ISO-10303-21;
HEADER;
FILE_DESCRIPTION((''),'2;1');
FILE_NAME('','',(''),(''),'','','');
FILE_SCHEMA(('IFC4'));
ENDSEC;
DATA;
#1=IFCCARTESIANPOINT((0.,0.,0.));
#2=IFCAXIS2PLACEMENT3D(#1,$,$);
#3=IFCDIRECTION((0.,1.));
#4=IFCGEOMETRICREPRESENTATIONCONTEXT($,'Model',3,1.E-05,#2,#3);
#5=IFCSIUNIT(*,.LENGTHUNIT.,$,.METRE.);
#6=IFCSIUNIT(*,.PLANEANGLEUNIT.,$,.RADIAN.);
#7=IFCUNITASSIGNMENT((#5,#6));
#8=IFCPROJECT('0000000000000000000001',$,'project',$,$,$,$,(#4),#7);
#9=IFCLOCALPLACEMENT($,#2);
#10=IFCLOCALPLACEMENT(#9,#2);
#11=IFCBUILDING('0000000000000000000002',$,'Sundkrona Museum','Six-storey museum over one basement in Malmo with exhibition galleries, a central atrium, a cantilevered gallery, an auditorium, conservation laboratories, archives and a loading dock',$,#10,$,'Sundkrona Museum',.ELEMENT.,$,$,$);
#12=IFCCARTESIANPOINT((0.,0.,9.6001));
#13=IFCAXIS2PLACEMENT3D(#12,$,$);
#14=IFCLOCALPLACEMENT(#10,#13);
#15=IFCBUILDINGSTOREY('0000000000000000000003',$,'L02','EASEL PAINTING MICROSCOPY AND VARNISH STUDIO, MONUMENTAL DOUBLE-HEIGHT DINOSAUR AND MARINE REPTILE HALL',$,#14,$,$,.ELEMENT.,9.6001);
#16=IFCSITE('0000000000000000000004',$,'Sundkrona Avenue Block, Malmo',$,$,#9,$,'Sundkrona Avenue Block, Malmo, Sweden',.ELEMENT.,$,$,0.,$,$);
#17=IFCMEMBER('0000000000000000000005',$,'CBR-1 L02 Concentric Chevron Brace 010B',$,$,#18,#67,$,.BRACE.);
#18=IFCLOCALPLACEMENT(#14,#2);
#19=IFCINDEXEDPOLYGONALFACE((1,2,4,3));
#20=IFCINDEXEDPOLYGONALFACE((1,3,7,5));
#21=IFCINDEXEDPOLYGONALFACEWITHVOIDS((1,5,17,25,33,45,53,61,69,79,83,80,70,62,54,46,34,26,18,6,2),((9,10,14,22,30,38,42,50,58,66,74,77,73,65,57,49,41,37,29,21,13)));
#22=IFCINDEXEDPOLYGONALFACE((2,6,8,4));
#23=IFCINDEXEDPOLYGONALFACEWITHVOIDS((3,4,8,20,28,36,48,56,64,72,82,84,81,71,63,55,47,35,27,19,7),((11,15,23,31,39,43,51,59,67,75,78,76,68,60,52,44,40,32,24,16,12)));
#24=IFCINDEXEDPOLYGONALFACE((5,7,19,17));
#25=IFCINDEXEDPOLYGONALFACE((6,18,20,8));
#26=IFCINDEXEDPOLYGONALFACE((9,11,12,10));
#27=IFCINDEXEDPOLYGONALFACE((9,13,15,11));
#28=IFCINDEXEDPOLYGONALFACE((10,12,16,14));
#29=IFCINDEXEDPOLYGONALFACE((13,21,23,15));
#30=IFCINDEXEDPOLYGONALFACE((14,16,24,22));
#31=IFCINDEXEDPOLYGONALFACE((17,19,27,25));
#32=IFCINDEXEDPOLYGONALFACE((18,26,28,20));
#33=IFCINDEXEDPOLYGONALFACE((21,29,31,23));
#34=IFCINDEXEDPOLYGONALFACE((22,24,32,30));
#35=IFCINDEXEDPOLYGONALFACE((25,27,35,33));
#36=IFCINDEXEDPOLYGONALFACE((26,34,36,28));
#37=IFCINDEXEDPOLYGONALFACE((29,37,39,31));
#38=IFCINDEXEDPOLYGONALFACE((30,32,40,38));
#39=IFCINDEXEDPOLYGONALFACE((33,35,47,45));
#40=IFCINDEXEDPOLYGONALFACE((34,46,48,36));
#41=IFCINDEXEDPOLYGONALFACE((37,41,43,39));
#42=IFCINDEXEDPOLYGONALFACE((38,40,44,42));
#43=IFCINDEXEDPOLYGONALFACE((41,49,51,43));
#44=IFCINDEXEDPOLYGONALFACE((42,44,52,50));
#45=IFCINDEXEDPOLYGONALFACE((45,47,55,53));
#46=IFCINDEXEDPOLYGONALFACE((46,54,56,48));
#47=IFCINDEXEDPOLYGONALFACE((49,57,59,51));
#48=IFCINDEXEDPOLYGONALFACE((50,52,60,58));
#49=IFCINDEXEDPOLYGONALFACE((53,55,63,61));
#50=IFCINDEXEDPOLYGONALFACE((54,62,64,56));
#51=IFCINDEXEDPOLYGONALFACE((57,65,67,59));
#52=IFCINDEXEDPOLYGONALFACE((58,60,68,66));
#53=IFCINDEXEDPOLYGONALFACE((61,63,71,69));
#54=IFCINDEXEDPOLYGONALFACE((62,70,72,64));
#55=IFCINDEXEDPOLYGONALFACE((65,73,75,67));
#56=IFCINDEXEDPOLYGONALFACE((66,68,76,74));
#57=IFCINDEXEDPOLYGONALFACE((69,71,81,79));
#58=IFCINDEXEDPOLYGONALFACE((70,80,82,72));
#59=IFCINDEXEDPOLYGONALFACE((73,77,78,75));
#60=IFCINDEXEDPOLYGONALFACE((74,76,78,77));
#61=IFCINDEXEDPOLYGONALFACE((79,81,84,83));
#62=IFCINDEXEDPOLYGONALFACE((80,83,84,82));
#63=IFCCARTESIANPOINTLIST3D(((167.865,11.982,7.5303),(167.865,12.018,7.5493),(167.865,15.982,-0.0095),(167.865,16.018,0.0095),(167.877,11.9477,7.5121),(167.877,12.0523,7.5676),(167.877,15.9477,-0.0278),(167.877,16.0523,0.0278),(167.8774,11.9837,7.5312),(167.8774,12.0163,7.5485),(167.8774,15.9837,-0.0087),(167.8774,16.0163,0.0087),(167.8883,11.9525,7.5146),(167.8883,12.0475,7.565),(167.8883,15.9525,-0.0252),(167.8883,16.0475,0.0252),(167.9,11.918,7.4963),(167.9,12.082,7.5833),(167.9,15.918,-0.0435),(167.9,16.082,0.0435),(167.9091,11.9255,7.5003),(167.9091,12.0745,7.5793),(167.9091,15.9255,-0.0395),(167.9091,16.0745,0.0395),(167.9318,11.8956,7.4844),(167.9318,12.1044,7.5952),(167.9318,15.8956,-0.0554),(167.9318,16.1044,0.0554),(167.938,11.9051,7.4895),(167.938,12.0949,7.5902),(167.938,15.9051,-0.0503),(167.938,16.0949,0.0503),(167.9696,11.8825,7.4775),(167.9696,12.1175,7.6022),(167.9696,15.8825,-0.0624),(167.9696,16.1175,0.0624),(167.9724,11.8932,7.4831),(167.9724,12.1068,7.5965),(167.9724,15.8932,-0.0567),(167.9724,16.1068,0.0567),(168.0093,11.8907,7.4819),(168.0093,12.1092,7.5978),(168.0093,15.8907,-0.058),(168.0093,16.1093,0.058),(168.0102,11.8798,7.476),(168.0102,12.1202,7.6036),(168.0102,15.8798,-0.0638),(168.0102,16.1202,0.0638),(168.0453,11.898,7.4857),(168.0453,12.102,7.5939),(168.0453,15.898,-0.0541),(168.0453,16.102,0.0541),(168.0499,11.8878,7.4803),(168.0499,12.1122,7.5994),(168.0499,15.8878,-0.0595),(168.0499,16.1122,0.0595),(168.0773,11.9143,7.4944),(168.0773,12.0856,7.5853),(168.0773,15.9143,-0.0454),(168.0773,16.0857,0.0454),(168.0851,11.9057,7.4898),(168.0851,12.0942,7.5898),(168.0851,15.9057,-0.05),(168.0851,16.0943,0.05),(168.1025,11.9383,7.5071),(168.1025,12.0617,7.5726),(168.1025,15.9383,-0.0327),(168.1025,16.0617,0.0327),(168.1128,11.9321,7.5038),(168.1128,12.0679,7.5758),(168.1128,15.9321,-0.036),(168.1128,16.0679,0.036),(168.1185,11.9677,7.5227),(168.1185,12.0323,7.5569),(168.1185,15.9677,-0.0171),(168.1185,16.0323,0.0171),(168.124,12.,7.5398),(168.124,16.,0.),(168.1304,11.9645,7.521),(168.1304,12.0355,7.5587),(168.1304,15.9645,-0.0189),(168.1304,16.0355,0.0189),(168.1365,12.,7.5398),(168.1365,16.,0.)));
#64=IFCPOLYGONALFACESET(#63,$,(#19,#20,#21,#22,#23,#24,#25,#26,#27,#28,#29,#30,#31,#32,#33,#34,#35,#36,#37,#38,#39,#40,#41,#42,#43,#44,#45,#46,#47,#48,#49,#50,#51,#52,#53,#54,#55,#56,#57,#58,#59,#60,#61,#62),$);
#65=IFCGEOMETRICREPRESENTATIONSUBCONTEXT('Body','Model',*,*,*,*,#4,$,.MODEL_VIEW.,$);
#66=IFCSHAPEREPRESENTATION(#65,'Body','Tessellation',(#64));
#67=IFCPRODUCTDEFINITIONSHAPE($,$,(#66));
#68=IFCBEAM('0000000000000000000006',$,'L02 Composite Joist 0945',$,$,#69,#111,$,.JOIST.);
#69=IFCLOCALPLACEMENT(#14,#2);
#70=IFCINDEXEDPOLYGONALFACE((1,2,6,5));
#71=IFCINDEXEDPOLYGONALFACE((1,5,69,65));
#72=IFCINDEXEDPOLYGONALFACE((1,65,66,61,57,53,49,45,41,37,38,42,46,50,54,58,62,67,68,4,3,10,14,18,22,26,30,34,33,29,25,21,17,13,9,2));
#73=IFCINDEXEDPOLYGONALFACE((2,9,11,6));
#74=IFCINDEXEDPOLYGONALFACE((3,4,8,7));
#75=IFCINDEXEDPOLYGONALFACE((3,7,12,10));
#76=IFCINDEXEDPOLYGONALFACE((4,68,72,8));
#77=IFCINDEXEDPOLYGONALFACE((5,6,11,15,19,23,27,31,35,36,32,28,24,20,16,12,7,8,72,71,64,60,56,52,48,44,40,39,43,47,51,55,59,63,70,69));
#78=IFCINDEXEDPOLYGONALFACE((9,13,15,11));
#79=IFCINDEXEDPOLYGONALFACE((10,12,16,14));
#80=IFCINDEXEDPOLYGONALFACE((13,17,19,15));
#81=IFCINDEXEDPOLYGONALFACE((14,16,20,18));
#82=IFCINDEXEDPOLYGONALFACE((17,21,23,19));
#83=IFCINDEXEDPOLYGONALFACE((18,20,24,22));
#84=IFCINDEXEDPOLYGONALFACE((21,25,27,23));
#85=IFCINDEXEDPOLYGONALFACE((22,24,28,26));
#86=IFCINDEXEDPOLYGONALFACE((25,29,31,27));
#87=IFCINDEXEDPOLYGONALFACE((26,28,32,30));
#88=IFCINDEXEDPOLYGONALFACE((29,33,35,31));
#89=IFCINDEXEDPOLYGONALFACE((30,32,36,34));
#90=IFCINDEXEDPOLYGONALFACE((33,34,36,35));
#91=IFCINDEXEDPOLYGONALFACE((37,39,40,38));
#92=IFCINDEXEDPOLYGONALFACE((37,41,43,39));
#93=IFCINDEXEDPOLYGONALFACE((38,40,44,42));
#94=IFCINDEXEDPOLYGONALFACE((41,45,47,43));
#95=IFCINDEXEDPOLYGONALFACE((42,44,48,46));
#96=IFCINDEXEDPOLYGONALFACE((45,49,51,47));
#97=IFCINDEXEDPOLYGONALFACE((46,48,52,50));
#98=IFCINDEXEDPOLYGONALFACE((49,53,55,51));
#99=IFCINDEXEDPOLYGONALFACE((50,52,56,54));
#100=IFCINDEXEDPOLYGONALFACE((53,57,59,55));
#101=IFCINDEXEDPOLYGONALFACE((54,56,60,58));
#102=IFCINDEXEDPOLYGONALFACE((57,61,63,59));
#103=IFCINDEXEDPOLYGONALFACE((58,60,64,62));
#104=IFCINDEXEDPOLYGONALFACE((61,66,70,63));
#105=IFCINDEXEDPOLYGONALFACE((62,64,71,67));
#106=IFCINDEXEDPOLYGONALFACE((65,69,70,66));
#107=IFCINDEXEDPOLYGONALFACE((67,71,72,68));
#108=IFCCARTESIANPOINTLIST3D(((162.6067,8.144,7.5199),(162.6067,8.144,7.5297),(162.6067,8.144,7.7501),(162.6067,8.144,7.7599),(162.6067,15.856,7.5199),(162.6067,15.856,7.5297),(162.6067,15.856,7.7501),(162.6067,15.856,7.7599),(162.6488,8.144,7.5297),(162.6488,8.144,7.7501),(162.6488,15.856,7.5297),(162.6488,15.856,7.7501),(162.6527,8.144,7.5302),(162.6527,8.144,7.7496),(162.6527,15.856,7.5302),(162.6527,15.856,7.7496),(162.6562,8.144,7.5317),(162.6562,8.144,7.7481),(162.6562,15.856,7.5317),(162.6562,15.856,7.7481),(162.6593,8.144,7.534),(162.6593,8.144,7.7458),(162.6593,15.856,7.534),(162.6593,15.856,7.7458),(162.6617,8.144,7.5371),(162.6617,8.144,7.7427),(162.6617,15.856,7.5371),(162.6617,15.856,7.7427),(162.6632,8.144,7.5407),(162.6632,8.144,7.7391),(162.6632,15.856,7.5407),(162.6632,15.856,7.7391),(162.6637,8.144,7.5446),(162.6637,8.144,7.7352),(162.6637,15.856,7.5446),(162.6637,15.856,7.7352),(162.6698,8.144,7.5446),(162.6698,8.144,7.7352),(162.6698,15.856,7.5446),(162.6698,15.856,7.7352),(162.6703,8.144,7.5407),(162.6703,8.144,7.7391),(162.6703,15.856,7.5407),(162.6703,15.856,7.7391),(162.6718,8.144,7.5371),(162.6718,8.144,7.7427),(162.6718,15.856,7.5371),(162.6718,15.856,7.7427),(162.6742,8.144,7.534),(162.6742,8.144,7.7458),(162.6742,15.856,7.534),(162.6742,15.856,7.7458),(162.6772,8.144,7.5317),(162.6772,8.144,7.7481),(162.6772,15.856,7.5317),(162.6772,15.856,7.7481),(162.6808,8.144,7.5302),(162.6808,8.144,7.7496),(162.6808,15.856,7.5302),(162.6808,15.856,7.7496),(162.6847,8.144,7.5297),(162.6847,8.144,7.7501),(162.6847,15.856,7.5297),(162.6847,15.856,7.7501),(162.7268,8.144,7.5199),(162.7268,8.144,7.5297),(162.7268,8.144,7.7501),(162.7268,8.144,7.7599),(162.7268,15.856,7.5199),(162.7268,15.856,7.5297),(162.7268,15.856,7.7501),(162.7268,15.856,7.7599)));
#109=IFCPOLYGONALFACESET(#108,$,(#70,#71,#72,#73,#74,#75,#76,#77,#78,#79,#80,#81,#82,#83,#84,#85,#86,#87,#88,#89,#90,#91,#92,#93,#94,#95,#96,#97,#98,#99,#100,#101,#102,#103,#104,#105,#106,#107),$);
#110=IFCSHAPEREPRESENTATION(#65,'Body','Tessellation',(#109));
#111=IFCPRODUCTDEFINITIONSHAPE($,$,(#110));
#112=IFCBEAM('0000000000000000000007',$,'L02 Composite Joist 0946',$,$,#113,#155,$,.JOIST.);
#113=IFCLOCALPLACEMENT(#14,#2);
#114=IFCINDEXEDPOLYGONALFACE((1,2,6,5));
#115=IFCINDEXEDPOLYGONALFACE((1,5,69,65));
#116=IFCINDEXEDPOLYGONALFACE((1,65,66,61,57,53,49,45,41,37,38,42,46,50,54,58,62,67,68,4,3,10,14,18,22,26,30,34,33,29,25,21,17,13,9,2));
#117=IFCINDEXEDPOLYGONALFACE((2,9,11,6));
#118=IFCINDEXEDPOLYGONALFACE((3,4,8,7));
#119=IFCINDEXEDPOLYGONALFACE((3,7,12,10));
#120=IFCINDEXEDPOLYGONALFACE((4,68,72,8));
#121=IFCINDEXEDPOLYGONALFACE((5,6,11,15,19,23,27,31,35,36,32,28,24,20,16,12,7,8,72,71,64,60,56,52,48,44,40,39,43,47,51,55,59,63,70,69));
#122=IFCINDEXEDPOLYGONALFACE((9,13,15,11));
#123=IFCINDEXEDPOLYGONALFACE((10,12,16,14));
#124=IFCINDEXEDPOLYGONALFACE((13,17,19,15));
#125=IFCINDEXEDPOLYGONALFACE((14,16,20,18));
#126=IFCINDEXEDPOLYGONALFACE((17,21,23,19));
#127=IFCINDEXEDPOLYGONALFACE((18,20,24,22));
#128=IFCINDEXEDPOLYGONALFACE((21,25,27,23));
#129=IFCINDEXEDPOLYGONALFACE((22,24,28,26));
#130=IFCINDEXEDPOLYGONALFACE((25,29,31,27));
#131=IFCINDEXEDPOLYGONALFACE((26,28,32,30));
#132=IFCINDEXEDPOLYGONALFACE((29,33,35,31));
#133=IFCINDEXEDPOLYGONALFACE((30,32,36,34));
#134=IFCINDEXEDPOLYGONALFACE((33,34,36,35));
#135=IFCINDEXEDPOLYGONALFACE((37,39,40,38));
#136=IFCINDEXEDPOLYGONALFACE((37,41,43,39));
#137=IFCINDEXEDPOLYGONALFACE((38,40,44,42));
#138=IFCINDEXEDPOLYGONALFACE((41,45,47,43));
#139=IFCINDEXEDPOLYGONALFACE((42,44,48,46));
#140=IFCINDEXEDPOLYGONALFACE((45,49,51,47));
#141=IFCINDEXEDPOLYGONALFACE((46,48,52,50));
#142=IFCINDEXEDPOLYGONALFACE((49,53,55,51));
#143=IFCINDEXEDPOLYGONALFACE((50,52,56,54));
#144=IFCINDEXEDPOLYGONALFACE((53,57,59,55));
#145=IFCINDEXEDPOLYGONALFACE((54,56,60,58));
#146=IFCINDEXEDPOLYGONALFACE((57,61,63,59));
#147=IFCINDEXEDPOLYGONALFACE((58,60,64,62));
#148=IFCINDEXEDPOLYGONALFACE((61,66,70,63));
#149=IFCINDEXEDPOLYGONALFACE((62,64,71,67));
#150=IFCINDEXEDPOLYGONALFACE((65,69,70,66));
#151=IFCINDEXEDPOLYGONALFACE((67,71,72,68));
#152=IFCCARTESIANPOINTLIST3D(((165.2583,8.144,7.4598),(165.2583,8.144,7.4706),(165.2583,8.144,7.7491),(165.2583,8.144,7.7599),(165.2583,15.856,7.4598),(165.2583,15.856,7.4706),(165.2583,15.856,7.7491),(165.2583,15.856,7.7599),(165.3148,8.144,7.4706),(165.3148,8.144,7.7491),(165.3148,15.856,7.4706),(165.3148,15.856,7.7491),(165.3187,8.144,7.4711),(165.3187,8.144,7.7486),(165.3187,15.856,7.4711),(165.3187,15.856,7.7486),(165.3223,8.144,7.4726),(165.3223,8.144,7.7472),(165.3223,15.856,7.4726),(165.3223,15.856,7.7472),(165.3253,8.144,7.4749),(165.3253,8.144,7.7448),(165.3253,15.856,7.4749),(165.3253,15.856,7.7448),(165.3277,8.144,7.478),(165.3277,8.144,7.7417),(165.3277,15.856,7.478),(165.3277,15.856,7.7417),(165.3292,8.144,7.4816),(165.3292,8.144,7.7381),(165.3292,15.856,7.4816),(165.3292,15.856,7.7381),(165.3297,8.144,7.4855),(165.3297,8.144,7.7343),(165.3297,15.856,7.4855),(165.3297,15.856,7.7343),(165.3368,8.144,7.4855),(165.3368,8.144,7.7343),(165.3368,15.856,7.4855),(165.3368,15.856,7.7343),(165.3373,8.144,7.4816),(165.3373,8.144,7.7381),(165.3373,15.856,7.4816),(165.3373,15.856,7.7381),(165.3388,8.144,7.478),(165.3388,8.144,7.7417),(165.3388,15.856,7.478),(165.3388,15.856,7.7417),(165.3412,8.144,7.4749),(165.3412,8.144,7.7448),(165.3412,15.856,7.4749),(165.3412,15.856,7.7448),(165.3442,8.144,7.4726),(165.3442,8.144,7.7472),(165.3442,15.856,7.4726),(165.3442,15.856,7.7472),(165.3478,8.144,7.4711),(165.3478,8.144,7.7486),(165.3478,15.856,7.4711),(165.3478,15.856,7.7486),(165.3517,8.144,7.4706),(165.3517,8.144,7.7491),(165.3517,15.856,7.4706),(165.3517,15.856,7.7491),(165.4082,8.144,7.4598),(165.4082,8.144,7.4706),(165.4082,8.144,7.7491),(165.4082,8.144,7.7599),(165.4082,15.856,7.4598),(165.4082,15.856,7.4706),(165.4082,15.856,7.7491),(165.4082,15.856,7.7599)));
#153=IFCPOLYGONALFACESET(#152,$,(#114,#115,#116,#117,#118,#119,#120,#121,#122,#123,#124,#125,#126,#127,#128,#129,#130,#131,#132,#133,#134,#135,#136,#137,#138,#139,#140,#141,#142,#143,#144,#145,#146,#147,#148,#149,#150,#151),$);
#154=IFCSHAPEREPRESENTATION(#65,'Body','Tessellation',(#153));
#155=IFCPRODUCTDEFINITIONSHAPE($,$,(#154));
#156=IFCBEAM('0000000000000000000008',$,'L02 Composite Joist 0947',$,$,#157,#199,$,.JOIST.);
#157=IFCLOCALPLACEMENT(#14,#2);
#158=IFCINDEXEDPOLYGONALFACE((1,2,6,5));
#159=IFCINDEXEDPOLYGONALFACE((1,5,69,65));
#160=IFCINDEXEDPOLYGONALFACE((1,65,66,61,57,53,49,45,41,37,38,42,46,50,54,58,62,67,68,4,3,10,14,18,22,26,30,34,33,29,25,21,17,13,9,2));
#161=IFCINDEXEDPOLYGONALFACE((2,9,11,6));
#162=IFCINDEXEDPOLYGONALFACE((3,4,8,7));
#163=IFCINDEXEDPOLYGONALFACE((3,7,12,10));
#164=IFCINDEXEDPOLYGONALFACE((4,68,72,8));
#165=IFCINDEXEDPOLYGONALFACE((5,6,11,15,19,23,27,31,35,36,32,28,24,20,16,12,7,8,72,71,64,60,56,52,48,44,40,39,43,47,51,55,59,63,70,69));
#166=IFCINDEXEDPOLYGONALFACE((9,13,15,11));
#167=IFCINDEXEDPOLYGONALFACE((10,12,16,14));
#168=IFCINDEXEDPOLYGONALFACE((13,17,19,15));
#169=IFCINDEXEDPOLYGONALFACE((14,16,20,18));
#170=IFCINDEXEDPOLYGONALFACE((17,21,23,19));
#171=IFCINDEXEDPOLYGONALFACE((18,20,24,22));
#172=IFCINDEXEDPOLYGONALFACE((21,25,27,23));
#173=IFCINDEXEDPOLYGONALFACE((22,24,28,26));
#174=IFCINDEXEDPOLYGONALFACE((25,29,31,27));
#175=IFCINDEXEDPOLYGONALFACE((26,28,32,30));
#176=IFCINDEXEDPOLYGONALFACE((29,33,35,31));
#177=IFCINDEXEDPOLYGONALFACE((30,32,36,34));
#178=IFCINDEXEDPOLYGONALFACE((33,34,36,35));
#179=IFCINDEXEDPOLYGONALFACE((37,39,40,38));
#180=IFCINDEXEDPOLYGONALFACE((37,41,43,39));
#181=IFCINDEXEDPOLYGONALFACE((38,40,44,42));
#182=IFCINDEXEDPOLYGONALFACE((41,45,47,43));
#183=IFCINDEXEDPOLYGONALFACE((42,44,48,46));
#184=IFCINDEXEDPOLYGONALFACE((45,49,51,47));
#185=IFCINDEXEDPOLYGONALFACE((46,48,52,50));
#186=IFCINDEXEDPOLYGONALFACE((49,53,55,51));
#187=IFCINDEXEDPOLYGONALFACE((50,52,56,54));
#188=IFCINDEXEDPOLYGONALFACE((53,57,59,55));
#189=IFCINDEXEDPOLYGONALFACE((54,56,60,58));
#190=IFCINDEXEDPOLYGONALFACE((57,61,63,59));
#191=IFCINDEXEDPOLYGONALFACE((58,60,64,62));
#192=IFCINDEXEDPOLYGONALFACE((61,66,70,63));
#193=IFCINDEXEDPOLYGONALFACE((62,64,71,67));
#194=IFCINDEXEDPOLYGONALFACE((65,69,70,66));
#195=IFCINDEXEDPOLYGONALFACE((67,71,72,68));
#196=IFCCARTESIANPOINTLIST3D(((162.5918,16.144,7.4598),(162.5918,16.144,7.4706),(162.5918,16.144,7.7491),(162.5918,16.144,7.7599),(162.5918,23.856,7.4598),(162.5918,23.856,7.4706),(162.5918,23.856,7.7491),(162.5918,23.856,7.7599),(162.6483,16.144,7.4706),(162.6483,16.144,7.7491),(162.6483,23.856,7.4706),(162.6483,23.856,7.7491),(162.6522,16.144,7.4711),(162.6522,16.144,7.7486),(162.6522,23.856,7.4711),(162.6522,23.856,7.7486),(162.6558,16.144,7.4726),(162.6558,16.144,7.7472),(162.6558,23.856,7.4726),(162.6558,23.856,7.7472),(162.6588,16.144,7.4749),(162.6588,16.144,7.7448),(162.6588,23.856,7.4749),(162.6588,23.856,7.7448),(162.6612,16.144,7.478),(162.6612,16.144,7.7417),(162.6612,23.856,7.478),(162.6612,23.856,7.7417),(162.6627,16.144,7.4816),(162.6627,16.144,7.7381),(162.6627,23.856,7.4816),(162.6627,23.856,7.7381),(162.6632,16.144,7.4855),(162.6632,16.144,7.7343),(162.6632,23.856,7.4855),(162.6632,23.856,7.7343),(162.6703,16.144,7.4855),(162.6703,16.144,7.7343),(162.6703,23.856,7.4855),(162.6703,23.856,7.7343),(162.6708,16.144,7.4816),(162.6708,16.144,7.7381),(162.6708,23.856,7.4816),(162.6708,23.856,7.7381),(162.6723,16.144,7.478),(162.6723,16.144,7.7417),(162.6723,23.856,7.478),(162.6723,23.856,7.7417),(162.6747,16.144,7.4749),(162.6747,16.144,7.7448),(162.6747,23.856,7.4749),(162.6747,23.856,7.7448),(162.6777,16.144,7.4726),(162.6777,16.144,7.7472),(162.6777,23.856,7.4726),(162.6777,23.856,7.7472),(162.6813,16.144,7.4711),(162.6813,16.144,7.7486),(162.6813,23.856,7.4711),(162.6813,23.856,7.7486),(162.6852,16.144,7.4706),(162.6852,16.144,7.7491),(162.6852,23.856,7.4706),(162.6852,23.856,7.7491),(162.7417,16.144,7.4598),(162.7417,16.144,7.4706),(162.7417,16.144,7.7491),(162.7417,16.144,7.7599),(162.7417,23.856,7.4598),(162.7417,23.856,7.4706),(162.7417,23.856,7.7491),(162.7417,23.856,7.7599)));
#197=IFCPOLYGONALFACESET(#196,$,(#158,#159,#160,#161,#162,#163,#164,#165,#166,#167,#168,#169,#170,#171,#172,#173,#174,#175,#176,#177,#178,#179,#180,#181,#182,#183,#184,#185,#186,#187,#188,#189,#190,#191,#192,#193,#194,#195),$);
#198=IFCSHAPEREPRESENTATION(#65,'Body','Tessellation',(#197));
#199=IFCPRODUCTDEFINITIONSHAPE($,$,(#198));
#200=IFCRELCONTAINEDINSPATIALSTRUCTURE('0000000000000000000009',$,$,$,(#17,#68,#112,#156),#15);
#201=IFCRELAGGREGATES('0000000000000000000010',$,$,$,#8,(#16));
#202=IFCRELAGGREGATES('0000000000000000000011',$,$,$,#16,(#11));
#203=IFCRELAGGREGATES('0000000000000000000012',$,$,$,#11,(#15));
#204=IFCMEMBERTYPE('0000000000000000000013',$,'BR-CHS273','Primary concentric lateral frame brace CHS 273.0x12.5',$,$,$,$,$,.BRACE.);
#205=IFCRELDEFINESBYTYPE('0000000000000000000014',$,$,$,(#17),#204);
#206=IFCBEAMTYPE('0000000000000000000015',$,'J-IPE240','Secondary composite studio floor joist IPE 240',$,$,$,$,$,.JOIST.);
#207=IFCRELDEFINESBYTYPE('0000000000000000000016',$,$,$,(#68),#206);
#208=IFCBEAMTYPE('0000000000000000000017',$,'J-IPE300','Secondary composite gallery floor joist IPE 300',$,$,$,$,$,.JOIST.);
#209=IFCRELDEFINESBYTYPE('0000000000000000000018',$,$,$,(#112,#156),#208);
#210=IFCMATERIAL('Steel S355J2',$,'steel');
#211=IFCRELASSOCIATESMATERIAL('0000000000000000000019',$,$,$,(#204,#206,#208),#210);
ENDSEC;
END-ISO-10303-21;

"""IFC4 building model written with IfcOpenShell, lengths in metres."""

from ifc_helpers import new_model, si_unit, direction, frame, origin, origin_2d, place, context, subcontext, project, spatial, hollow_circle, i_section, extrude, material, material_profile, profile_set, type_object, element, save


model = new_model("IFC4")

# Units and contexts
model_context = context("Model", 3, precision=1e-05, world=origin(), true_north=direction((0.0, 1.0)))
body_context = subcontext(model_context, "Body", "Model", "MODEL_VIEW")
ifc_project = project(units=[si_unit("LENGTHUNIT", "METRE"), si_unit("PLANEANGLEUNIT", "RADIAN")], contexts=[model_context])

# Site, building, storey
site_placement = place(None, origin())
site = spatial("IfcSite", under=ifc_project, at=site_placement, Name="Sundkrona Avenue Block, Malmo", LongName="Sundkrona Avenue Block, Malmo, Sweden", CompositionType="ELEMENT", RefElevation=0.0)
building_placement = place(site_placement, origin())
building = spatial("IfcBuilding", under=site, at=building_placement, Name="Sundkrona Museum", Description="Six-storey museum over one basement in Malmo with exhibition galleries, a central atrium, a cantilevered gallery, an auditorium, conservation laboratories, archives and a loading dock", LongName="Sundkrona Museum", CompositionType="ELEMENT")
storey_placement = place(building_placement, frame((0.0, 0.0, 9.6001)))
storey = spatial("IfcBuildingStorey", under=building, at=storey_placement, Name="L02", Description="EASEL PAINTING MICROSCOPY AND VARNISH STUDIO, MONUMENTAL DOUBLE-HEIGHT DINOSAUR AND MARINE REPTILE HALL", CompositionType="ELEMENT", Elevation=9.6001)

# Shared definitions
ifc_material_1 = material(Name="Steel S355J2", Category="steel")

# Member
ifc_material_profile_1 = material_profile(ifc_material_1, hollow_circle(Radius=0.1365, WallThickness=0.0125, at=origin_2d()), Name="CHS 273.0x12.5")
ifc_profile_set_1 = profile_set([ifc_material_profile_1], Name="Steel S355J2")
member_type = type_object("IfcMemberType", Name="BR-CHS273", Description="Primary concentric lateral frame brace CHS 273.0x12.5", PredefinedType="BRACE", material=ifc_profile_set_1)
for number, where, z_axis, x_axis, name in (
    (1, (168.0, 16.0, 0.0), (0.0, -0.468651, 0.883383), (1.0, 0.0, 0.0), "CBR-1 L02 Concentric Chevron Brace 010B"),
):
    element("IfcMember", number, at=place(storey_placement, frame(where, z_axis=z_axis, x_axis=x_axis)), inside=storey, type_object=member_type, Name=name, PredefinedType="BRACE", context=body_context, shape_type="SweptSolid", body=[
        extrude(hollow_circle(Radius=0.1365, WallThickness=0.0125, at=origin_2d()), origin(), (0.0, 0.0, 1.0), 8.5352),
    ])

# Beams
ifc_material_profile_2 = material_profile(ifc_material_1, i_section(OverallWidth=0.1201, OverallDepth=0.24, WebThickness=0.0061, FlangeThickness=0.0098, FilletRadius=0.0149, at=origin_2d()), Name="IPE 240")
ifc_profile_set_2 = profile_set([ifc_material_profile_2], Name="Steel S355J2")
beam_type_1 = type_object("IfcBeamType", Name="J-IPE240", Description="Secondary composite studio floor joist IPE 240", PredefinedType="JOIST", material=ifc_profile_set_2)
beam_1_placement = place(storey_placement, frame((162.6667, 8.144, 7.6399), z_axis=(0.0, 1.0, 0.0), x_axis=(-1.0, 0.0, 0.0)))
element("IfcBeam", 2, at=beam_1_placement, inside=storey, type_object=beam_type_1, Name="L02 Composite Joist 0945", PredefinedType="JOIST", context=body_context, shape_type="SweptSolid", body=[
    extrude(i_section(OverallWidth=0.1201, OverallDepth=0.24, WebThickness=0.0061, FlangeThickness=0.0098, FilletRadius=0.0149, at=origin_2d()), origin(), (0.0, 0.0, 1.0), 7.7119),
])
ifc_material_profile_3 = material_profile(ifc_material_1, i_section(OverallWidth=0.1499, OverallDepth=0.3, WebThickness=0.0071, FlangeThickness=0.0107, FilletRadius=0.0149, at=origin_2d()), Name="IPE 300")
ifc_profile_set_3 = profile_set([ifc_material_profile_3], Name="Steel S355J2")
beam_type_2 = type_object("IfcBeamType", Name="J-IPE300", Description="Secondary composite gallery floor joist IPE 300", PredefinedType="JOIST", material=ifc_profile_set_3)
for number, where, z_axis, x_axis, name in (
    (3, (165.3333, 8.144, 7.6099), (0.0, 1.0, 0.0), (-1.0, 0.0, 0.0), "L02 Composite Joist 0946"),
    (4, (162.6667, 16.144, 7.6099), (0.0, 1.0, 0.0), (-1.0, 0.0, 0.0), "L02 Composite Joist 0947"),
):
    element("IfcBeam", number, at=place(storey_placement, frame(where, z_axis=z_axis, x_axis=x_axis)), inside=storey, type_object=beam_type_2, Name=name, PredefinedType="JOIST", context=body_context, shape_type="SweptSolid", body=[
        extrude(i_section(OverallWidth=0.1499, OverallDepth=0.3, WebThickness=0.0071, FlangeThickness=0.0107, FilletRadius=0.0149, at=origin_2d()), origin(), (0.0, 0.0, 1.0), 7.7119),
    ])

save(model, "model.ifc")
